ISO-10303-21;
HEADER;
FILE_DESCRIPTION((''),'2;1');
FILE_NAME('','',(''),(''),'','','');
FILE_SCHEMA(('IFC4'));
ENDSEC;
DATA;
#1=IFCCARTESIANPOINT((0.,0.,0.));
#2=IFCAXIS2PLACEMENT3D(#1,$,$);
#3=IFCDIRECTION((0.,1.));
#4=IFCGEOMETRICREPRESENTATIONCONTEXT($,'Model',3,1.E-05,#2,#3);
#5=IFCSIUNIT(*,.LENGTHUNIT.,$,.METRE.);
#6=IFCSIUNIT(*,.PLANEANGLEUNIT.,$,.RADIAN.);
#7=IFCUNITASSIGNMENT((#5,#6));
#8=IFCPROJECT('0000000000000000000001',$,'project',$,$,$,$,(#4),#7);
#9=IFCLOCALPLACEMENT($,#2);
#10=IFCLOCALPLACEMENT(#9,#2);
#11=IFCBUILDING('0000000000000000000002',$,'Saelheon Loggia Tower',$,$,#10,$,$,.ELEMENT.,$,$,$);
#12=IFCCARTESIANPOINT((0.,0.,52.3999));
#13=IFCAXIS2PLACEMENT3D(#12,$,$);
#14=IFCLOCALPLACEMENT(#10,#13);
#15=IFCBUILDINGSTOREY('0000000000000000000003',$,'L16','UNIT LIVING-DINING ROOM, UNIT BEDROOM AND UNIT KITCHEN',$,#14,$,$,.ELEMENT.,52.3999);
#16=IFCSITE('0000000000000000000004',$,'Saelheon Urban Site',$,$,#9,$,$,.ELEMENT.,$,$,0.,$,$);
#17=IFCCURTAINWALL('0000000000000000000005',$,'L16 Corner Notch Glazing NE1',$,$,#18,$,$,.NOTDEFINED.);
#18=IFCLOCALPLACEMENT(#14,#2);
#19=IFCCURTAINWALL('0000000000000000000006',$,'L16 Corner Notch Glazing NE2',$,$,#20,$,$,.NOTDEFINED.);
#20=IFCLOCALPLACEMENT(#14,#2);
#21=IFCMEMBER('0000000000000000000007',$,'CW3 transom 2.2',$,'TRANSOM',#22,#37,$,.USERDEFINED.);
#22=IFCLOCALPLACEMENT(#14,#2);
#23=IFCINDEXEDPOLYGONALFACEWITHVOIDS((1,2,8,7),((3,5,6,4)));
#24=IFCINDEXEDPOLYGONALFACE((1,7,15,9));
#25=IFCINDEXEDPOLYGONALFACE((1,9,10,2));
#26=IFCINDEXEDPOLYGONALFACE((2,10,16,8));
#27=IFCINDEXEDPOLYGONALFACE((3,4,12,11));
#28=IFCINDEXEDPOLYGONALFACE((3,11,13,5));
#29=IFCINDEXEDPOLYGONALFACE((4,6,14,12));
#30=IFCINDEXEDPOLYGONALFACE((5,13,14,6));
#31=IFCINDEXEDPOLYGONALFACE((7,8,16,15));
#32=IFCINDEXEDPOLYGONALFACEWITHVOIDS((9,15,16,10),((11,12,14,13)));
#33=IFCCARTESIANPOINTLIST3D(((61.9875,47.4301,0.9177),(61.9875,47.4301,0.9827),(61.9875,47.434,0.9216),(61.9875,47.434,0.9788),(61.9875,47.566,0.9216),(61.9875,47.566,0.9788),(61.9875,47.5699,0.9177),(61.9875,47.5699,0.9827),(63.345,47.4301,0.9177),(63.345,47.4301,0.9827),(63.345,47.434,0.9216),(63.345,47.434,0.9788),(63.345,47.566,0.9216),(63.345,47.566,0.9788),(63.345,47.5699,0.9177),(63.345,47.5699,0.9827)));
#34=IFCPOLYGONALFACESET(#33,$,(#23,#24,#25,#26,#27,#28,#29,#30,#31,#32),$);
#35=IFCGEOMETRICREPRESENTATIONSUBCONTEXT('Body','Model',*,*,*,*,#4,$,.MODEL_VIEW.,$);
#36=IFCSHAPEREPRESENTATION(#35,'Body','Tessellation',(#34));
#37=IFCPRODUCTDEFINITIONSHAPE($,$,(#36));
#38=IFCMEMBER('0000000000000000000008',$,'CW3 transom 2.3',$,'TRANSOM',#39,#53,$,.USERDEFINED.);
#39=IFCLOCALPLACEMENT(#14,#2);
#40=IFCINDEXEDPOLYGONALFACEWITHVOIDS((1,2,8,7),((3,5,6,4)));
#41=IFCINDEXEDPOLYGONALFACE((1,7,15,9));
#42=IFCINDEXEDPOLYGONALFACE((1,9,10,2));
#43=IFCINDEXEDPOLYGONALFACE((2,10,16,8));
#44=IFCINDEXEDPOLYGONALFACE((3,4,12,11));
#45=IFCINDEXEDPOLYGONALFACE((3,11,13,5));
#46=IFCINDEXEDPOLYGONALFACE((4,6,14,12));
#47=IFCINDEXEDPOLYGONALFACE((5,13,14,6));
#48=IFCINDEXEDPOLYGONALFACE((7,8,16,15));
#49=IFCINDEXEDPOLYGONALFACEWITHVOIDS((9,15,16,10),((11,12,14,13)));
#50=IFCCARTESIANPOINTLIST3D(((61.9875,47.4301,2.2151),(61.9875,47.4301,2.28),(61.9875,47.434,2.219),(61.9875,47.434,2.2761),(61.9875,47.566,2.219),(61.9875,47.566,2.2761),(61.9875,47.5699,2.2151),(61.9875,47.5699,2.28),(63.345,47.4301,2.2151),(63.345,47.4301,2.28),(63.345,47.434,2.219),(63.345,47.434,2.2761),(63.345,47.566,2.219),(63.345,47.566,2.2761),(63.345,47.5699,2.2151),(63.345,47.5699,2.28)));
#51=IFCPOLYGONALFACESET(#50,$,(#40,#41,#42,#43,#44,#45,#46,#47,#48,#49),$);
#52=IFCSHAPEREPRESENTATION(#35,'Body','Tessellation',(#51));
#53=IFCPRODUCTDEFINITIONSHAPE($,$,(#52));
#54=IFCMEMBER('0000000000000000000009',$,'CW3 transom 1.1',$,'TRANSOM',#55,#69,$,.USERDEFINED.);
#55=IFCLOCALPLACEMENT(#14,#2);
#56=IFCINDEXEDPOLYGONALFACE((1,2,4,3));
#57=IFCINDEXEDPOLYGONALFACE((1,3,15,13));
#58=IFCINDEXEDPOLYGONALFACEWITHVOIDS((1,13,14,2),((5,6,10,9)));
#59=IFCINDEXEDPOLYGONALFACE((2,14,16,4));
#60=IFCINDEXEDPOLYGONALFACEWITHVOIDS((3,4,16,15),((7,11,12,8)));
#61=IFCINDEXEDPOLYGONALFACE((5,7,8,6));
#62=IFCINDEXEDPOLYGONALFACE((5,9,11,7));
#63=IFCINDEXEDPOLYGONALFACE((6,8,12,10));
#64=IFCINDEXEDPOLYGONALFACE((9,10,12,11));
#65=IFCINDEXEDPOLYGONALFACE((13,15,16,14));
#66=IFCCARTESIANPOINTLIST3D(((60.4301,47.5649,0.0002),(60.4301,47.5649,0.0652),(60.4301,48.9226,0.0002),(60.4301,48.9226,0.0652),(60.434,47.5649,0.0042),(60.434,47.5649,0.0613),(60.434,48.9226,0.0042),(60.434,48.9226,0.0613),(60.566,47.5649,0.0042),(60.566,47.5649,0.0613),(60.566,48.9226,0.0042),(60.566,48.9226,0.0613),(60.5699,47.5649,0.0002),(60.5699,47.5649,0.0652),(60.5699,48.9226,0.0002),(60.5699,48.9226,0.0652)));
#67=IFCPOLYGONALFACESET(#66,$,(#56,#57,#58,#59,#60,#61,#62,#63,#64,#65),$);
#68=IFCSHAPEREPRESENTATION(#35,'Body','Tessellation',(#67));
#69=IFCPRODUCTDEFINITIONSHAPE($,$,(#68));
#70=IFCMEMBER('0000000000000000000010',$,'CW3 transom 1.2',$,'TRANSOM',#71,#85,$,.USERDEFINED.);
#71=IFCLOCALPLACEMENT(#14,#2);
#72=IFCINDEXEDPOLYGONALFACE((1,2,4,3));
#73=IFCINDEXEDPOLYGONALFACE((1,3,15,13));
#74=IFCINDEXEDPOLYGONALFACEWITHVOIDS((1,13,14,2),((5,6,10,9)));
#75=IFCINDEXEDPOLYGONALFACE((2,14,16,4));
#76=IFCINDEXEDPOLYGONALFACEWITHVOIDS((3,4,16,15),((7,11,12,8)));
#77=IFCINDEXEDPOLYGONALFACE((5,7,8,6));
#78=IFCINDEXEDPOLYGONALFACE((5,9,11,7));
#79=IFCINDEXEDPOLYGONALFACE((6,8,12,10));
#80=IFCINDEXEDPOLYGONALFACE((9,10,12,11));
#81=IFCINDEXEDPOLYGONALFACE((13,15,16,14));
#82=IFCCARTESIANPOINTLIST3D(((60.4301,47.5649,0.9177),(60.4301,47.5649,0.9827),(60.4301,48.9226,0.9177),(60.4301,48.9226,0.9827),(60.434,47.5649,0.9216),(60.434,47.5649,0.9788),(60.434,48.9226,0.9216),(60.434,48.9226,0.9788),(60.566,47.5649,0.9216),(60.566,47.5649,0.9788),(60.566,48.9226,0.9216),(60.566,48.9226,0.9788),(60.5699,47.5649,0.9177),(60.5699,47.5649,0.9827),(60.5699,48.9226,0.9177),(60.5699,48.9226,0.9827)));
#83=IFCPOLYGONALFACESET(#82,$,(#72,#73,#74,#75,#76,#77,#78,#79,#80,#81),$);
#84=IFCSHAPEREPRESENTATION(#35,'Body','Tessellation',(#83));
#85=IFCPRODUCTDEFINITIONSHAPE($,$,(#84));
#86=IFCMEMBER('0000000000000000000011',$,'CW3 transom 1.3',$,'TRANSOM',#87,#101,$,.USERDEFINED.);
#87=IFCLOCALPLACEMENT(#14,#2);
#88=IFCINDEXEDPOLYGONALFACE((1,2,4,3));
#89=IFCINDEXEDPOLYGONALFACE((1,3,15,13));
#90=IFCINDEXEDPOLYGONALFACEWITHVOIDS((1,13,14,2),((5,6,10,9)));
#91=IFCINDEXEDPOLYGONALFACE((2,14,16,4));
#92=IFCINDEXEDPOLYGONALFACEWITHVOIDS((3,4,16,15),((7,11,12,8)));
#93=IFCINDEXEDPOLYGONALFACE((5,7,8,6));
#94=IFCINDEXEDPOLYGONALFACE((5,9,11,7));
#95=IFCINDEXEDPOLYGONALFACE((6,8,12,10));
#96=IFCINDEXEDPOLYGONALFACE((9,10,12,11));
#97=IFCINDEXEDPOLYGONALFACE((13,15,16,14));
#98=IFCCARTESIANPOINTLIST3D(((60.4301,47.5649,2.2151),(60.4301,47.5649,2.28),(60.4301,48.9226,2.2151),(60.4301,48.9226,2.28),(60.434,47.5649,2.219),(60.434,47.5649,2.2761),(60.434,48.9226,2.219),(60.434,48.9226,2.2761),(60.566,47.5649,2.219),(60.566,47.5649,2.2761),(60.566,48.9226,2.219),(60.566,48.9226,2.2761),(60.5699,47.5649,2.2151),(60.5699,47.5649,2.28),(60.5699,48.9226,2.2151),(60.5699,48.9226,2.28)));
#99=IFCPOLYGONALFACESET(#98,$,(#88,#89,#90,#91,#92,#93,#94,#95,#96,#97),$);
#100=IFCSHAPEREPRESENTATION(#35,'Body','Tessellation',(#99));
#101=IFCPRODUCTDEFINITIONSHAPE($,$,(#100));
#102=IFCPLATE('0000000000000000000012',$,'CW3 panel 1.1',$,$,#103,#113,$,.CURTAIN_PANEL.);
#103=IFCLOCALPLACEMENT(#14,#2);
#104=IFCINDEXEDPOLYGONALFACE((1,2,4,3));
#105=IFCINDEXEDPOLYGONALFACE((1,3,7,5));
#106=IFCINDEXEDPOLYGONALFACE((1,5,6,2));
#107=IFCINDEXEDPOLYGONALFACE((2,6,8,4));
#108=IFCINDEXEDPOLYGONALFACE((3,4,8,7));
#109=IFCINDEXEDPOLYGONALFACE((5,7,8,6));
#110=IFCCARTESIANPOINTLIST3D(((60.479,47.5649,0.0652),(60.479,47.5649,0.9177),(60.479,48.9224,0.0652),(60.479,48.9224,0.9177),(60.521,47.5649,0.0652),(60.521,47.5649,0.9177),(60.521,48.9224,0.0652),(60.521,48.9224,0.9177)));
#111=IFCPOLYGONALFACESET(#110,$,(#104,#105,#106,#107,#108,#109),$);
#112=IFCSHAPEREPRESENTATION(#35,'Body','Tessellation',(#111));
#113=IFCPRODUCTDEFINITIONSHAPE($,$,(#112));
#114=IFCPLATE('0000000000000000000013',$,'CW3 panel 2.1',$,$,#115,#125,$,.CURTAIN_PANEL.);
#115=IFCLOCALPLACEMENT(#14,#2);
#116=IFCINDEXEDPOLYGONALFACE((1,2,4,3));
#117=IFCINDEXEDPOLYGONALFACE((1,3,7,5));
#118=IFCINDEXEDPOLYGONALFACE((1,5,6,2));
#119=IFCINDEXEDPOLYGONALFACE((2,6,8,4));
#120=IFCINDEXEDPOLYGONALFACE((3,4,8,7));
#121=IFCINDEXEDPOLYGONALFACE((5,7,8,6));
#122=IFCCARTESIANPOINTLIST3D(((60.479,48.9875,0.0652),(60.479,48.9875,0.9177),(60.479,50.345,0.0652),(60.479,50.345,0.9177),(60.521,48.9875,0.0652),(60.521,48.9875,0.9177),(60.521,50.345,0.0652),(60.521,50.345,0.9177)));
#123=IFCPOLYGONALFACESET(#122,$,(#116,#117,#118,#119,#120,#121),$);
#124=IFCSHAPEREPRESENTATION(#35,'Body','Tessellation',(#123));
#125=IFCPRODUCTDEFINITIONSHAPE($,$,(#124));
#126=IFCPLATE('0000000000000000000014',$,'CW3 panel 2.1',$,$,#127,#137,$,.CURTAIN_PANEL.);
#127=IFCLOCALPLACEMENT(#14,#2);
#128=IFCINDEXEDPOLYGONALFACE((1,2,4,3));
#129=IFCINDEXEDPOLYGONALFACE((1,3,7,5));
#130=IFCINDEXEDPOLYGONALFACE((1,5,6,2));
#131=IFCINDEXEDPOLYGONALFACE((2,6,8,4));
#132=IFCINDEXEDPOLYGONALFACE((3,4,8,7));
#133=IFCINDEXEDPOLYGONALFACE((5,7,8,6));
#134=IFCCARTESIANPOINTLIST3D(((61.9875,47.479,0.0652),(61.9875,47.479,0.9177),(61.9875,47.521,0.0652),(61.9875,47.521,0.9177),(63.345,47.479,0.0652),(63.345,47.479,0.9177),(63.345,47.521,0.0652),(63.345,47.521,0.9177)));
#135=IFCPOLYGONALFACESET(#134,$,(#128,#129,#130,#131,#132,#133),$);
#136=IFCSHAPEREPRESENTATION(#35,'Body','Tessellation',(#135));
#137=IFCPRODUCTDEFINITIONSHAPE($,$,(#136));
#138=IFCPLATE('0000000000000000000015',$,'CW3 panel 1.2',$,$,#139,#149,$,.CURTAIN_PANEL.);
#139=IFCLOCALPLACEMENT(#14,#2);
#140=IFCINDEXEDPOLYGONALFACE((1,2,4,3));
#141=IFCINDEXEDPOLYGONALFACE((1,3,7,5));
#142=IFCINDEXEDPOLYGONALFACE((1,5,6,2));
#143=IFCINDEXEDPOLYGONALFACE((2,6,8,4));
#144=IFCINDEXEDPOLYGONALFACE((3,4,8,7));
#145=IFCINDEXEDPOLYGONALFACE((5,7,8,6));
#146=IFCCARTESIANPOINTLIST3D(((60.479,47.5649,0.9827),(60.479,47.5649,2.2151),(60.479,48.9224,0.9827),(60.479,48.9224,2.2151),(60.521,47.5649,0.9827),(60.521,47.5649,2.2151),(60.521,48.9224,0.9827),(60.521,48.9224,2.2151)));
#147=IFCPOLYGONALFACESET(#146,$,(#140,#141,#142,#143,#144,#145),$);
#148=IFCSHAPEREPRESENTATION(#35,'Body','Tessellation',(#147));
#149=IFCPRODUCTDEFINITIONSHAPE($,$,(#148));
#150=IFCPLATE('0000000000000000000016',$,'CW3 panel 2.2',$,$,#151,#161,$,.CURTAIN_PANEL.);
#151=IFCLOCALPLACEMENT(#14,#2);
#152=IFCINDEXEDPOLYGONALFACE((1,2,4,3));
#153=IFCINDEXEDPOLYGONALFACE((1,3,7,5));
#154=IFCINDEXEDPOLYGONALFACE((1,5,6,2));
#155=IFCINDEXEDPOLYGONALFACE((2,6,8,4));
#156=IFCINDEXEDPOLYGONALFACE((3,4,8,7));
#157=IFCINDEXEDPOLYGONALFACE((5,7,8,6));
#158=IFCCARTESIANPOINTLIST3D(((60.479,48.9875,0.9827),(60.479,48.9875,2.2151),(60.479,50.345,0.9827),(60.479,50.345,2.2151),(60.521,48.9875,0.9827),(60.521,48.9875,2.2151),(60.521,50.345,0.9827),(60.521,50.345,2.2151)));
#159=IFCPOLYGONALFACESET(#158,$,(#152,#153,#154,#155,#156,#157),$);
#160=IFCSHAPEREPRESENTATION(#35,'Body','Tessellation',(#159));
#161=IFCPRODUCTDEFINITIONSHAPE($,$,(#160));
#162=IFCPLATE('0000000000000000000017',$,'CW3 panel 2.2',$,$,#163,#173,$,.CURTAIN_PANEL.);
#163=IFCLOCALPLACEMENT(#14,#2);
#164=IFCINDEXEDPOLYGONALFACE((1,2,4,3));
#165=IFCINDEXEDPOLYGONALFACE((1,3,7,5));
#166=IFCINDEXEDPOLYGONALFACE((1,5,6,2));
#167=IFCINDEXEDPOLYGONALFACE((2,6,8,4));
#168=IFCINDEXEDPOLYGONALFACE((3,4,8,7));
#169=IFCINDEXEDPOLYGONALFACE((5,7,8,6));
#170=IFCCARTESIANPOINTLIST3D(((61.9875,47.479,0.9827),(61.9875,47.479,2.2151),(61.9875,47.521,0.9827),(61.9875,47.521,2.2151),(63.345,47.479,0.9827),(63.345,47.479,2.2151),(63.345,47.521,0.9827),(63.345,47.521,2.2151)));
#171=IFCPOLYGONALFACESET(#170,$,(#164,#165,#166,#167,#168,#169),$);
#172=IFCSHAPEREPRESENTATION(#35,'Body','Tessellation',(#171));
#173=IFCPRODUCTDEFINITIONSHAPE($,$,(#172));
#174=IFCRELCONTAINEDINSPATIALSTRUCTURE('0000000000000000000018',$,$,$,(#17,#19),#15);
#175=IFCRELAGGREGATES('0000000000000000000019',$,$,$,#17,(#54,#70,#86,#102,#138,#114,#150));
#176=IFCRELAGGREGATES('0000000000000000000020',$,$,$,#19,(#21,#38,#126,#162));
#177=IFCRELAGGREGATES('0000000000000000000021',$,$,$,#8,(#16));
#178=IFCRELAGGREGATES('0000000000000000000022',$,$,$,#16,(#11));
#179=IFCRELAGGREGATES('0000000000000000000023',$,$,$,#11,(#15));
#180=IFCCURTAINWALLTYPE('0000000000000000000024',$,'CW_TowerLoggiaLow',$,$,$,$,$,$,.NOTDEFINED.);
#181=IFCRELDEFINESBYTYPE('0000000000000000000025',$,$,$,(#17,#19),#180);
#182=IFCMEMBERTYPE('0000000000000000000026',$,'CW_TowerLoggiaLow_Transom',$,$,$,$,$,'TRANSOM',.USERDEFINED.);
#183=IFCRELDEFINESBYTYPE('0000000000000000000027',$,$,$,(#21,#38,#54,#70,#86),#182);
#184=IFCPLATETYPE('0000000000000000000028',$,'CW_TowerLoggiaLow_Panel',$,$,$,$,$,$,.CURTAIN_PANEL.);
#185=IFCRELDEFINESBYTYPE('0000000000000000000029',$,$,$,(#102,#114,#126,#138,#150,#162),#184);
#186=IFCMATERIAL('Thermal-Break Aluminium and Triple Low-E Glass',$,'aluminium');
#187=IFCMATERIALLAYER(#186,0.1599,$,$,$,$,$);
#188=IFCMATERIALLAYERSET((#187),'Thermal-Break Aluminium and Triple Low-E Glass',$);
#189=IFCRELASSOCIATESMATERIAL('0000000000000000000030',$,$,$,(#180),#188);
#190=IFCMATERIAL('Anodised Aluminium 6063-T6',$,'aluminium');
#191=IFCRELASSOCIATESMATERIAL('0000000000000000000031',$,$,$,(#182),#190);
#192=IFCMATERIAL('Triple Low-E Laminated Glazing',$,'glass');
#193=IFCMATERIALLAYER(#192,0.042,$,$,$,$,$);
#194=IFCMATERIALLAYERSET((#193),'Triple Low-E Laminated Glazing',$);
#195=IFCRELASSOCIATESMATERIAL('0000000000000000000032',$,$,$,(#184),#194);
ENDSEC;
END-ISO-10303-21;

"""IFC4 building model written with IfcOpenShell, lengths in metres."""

from ifc_helpers import new_model, si_unit, direction, frame, origin, origin_2d, place, context, subcontext, project, spatial, rectangle, hollow_rectangle, extrude, source, transform, mapped, material, layer, layer_set, material_profile, profile_set, type_object, element, aggregate, save


model = new_model("IFC4")

# Units and contexts
model_context = context("Model", 3, precision=1e-05, world=origin(), true_north=direction((0.0, 1.0)))
body_context = subcontext(model_context, "Body", "Model", "MODEL_VIEW")
ifc_project = project(units=[si_unit("LENGTHUNIT", "METRE"), si_unit("PLANEANGLEUNIT", "RADIAN")], contexts=[model_context])

# Site, building, storey
site_placement = place(None, origin())
site = spatial("IfcSite", under=ifc_project, at=site_placement, Name="Saelheon Urban Site", CompositionType="ELEMENT", RefElevation=0.0)
building_placement = place(site_placement, origin())
building = spatial("IfcBuilding", under=site, at=building_placement, Name="Saelheon Loggia Tower", CompositionType="ELEMENT")
storey_placement = place(building_placement, frame((0.0, 0.0, 52.3999)))
storey = spatial("IfcBuildingStorey", under=building, at=storey_placement, Name="L16", Description="UNIT LIVING-DINING ROOM, UNIT BEDROOM AND UNIT KITCHEN", CompositionType="ELEMENT", Elevation=52.3999)

# Curtain wall
ifc_material_1 = material(Name="Thermal-Break Aluminium and Triple Low-E Glass", Category="aluminium")
ifc_layer_1 = layer(ifc_material_1, 0.1599)
ifc_layer_set_1 = layer_set([ifc_layer_1], Name="Thermal-Break Aluminium and Triple Low-E Glass")
curtain_wall_type = type_object("IfcCurtainWallType", Name="CW_TowerLoggiaLow", PredefinedType="NOTDEFINED", material=ifc_layer_set_1)
curtain_wall_1_placement = place(storey_placement, origin())
curtain_wall_1 = element("IfcCurtainWall", 1, at=curtain_wall_1_placement, inside=storey, type_object=curtain_wall_type, Name="L16 Corner Notch Glazing NE1", PredefinedType="NOTDEFINED")
ifc_material_2 = material(Name="Anodised Aluminium 6063-T6", Category="aluminium")

# Curtain wall
curtain_wall_2_placement = place(storey_placement, origin())
curtain_wall_2 = element("IfcCurtainWall", 2, at=curtain_wall_2_placement, inside=storey, type_object=curtain_wall_type, Name="L16 Corner Notch Glazing NE2", PredefinedType="NOTDEFINED")

# Members
ifc_material_profile_1 = material_profile(ifc_material_2, hollow_rectangle(XDim=0.0649, YDim=0.1399, WallThickness=0.0039, at=origin_2d()), Name="RHS-140x65x4")
ifc_profile_set_1 = profile_set([ifc_material_profile_1], Name="Anodised Aluminium 6063-T6")
member_type_1 = type_object("IfcMemberType", Name="CW_TowerLoggiaLow_Transom", ElementType="TRANSOM", PredefinedType="USERDEFINED", material=ifc_profile_set_1)
shared_shape_1 = source(origin(), body_context, "Body", "SweptSolid", [
    extrude(hollow_rectangle(XDim=0.0649, YDim=0.1399, WallThickness=0.0039, at=origin_2d()), origin(), (0.0, 0.0, 1.0), 1.3574),
])
member_1_placement = place(storey_placement, frame((61.9875, 47.5, 0.9502), z_axis=(1.0, 0.0, 0.0), x_axis=(0.0, 0.0, 1.0)))
member_1 = element("IfcMember", 3, at=member_1_placement, type_object=member_type_1, Name="CW3 transom 2.2", ObjectType="TRANSOM", PredefinedType="USERDEFINED", context=body_context, shape_type="MappedRepresentation", body=[
    mapped(shared_shape_1, transform((0.0, 0.0, 0.0), scale=1.0)),
])
member_2_placement = place(storey_placement, frame((61.9875, 47.5, 2.2476), z_axis=(1.0, 0.0, 0.0), x_axis=(0.0, 0.0, 1.0)))
member_2 = element("IfcMember", 4, at=member_2_placement, type_object=member_type_1, Name="CW3 transom 2.3", ObjectType="TRANSOM", PredefinedType="USERDEFINED", context=body_context, shape_type="MappedRepresentation", body=[
    mapped(shared_shape_1, transform((0.0, 0.0, 0.0), scale=1.0)),
])
shared_shape_2 = source(origin(), body_context, "Body", "SweptSolid", [
    extrude(hollow_rectangle(XDim=0.0649, YDim=0.1399, WallThickness=0.0039, at=origin_2d()), origin(), (0.0, 0.0, 1.0), 1.3577),
])
member_3_placement = place(storey_placement, frame((60.5, 47.5649, 0.0327), z_axis=(0.0, 1.0, 0.0), x_axis=(0.0, 0.0, 1.0)))
member_3 = element("IfcMember", 5, at=member_3_placement, type_object=member_type_1, Name="CW3 transom 1.1", ObjectType="TRANSOM", PredefinedType="USERDEFINED", context=body_context, shape_type="MappedRepresentation", body=[
    mapped(shared_shape_2, transform((0.0, 0.0, 0.0), scale=1.0)),
])
member_4_placement = place(storey_placement, frame((60.5, 47.5649, 0.9502), z_axis=(0.0, 1.0, 0.0), x_axis=(0.0, 0.0, 1.0)))
member_4 = element("IfcMember", 6, at=member_4_placement, type_object=member_type_1, Name="CW3 transom 1.2", ObjectType="TRANSOM", PredefinedType="USERDEFINED", context=body_context, shape_type="MappedRepresentation", body=[
    mapped(shared_shape_2, transform((0.0, 0.0, 0.0), scale=1.0)),
])
member_5_placement = place(storey_placement, frame((60.5, 47.5649, 2.2476), z_axis=(0.0, 1.0, 0.0), x_axis=(0.0, 0.0, 1.0)))
member_5 = element("IfcMember", 7, at=member_5_placement, type_object=member_type_1, Name="CW3 transom 1.3", ObjectType="TRANSOM", PredefinedType="USERDEFINED", context=body_context, shape_type="MappedRepresentation", body=[
    mapped(shared_shape_2, transform((0.0, 0.0, 0.0), scale=1.0)),
])

# Plates
ifc_material_3 = material(Name="Triple Low-E Laminated Glazing", Category="glass")
ifc_layer_2 = layer(ifc_material_3, 0.042)
ifc_layer_set_2 = layer_set([ifc_layer_2], Name="Triple Low-E Laminated Glazing")
plate_type = type_object("IfcPlateType", Name="CW_TowerLoggiaLow_Panel", PredefinedType="CURTAIN_PANEL", material=ifc_layer_set_2)
shared_shape_3 = source(origin(), body_context, "Body", "SweptSolid", [
    extrude(rectangle(XDim=1.3574, YDim=0.042, at=origin_2d()), origin(), (0.0, 0.0, 1.0), 0.8525),
])
plate_1_placement = place(storey_placement, frame((60.5, 48.2437, 0.0652), z_axis=(0.0, 0.0, 1.0), x_axis=(0.0, 1.0, 0.0)))
plate_1 = element("IfcPlate", 8, at=plate_1_placement, type_object=plate_type, Name="CW3 panel 1.1", PredefinedType="CURTAIN_PANEL", context=body_context, shape_type="MappedRepresentation", body=[
    mapped(shared_shape_3, transform((0.0, 0.0, 0.0), scale=1.0)),
])
plate_2_placement = place(storey_placement, frame((60.5, 49.6663, 0.0652), z_axis=(0.0, 0.0, 1.0), x_axis=(0.0, 1.0, 0.0)))
plate_2 = element("IfcPlate", 9, at=plate_2_placement, type_object=plate_type, Name="CW3 panel 2.1", PredefinedType="CURTAIN_PANEL", context=body_context, shape_type="MappedRepresentation", body=[
    mapped(shared_shape_3, transform((0.0, 0.0, 0.0), scale=1.0)),
])
plate_3_placement = place(storey_placement, frame((62.6663, 47.5, 0.0652), z_axis=(0.0, 0.0, 1.0), x_axis=(1.0, 0.0, 0.0)))
plate_3 = element("IfcPlate", 10, at=plate_3_placement, type_object=plate_type, Name="CW3 panel 2.1", PredefinedType="CURTAIN_PANEL", context=body_context, shape_type="MappedRepresentation", body=[
    mapped(shared_shape_3, transform((0.0, 0.0, 0.0), scale=1.0)),
])
shared_shape_4 = source(origin(), body_context, "Body", "SweptSolid", [
    extrude(rectangle(XDim=1.3574, YDim=0.042, at=origin_2d()), origin(), (0.0, 0.0, 1.0), 1.2324),
])
plate_4_placement = place(storey_placement, frame((60.5, 48.2437, 0.9827), z_axis=(0.0, 0.0, 1.0), x_axis=(0.0, 1.0, 0.0)))
plate_4 = element("IfcPlate", 11, at=plate_4_placement, type_object=plate_type, Name="CW3 panel 1.2", PredefinedType="CURTAIN_PANEL", context=body_context, shape_type="MappedRepresentation", body=[
    mapped(shared_shape_4, transform((0.0, 0.0, 0.0), scale=1.0)),
])
plate_5_placement = place(storey_placement, frame((60.5, 49.6663, 0.9827), z_axis=(0.0, 0.0, 1.0), x_axis=(0.0, 1.0, 0.0)))
plate_5 = element("IfcPlate", 12, at=plate_5_placement, type_object=plate_type, Name="CW3 panel 2.2", PredefinedType="CURTAIN_PANEL", context=body_context, shape_type="MappedRepresentation", body=[
    mapped(shared_shape_4, transform((0.0, 0.0, 0.0), scale=1.0)),
])
aggregate(curtain_wall_1, [member_3, member_4, member_5, plate_1, plate_4, plate_2, plate_5])
plate_6_placement = place(storey_placement, frame((62.6663, 47.5, 0.9827), z_axis=(0.0, 0.0, 1.0), x_axis=(1.0, 0.0, 0.0)))
plate_6 = element("IfcPlate", 13, at=plate_6_placement, type_object=plate_type, Name="CW3 panel 2.2", PredefinedType="CURTAIN_PANEL", context=body_context, shape_type="MappedRepresentation", body=[
    mapped(shared_shape_4, transform((0.0, 0.0, 0.0), scale=1.0)),
])
aggregate(curtain_wall_2, [member_1, member_2, plate_3, plate_6])

save(model, "model.ifc")
